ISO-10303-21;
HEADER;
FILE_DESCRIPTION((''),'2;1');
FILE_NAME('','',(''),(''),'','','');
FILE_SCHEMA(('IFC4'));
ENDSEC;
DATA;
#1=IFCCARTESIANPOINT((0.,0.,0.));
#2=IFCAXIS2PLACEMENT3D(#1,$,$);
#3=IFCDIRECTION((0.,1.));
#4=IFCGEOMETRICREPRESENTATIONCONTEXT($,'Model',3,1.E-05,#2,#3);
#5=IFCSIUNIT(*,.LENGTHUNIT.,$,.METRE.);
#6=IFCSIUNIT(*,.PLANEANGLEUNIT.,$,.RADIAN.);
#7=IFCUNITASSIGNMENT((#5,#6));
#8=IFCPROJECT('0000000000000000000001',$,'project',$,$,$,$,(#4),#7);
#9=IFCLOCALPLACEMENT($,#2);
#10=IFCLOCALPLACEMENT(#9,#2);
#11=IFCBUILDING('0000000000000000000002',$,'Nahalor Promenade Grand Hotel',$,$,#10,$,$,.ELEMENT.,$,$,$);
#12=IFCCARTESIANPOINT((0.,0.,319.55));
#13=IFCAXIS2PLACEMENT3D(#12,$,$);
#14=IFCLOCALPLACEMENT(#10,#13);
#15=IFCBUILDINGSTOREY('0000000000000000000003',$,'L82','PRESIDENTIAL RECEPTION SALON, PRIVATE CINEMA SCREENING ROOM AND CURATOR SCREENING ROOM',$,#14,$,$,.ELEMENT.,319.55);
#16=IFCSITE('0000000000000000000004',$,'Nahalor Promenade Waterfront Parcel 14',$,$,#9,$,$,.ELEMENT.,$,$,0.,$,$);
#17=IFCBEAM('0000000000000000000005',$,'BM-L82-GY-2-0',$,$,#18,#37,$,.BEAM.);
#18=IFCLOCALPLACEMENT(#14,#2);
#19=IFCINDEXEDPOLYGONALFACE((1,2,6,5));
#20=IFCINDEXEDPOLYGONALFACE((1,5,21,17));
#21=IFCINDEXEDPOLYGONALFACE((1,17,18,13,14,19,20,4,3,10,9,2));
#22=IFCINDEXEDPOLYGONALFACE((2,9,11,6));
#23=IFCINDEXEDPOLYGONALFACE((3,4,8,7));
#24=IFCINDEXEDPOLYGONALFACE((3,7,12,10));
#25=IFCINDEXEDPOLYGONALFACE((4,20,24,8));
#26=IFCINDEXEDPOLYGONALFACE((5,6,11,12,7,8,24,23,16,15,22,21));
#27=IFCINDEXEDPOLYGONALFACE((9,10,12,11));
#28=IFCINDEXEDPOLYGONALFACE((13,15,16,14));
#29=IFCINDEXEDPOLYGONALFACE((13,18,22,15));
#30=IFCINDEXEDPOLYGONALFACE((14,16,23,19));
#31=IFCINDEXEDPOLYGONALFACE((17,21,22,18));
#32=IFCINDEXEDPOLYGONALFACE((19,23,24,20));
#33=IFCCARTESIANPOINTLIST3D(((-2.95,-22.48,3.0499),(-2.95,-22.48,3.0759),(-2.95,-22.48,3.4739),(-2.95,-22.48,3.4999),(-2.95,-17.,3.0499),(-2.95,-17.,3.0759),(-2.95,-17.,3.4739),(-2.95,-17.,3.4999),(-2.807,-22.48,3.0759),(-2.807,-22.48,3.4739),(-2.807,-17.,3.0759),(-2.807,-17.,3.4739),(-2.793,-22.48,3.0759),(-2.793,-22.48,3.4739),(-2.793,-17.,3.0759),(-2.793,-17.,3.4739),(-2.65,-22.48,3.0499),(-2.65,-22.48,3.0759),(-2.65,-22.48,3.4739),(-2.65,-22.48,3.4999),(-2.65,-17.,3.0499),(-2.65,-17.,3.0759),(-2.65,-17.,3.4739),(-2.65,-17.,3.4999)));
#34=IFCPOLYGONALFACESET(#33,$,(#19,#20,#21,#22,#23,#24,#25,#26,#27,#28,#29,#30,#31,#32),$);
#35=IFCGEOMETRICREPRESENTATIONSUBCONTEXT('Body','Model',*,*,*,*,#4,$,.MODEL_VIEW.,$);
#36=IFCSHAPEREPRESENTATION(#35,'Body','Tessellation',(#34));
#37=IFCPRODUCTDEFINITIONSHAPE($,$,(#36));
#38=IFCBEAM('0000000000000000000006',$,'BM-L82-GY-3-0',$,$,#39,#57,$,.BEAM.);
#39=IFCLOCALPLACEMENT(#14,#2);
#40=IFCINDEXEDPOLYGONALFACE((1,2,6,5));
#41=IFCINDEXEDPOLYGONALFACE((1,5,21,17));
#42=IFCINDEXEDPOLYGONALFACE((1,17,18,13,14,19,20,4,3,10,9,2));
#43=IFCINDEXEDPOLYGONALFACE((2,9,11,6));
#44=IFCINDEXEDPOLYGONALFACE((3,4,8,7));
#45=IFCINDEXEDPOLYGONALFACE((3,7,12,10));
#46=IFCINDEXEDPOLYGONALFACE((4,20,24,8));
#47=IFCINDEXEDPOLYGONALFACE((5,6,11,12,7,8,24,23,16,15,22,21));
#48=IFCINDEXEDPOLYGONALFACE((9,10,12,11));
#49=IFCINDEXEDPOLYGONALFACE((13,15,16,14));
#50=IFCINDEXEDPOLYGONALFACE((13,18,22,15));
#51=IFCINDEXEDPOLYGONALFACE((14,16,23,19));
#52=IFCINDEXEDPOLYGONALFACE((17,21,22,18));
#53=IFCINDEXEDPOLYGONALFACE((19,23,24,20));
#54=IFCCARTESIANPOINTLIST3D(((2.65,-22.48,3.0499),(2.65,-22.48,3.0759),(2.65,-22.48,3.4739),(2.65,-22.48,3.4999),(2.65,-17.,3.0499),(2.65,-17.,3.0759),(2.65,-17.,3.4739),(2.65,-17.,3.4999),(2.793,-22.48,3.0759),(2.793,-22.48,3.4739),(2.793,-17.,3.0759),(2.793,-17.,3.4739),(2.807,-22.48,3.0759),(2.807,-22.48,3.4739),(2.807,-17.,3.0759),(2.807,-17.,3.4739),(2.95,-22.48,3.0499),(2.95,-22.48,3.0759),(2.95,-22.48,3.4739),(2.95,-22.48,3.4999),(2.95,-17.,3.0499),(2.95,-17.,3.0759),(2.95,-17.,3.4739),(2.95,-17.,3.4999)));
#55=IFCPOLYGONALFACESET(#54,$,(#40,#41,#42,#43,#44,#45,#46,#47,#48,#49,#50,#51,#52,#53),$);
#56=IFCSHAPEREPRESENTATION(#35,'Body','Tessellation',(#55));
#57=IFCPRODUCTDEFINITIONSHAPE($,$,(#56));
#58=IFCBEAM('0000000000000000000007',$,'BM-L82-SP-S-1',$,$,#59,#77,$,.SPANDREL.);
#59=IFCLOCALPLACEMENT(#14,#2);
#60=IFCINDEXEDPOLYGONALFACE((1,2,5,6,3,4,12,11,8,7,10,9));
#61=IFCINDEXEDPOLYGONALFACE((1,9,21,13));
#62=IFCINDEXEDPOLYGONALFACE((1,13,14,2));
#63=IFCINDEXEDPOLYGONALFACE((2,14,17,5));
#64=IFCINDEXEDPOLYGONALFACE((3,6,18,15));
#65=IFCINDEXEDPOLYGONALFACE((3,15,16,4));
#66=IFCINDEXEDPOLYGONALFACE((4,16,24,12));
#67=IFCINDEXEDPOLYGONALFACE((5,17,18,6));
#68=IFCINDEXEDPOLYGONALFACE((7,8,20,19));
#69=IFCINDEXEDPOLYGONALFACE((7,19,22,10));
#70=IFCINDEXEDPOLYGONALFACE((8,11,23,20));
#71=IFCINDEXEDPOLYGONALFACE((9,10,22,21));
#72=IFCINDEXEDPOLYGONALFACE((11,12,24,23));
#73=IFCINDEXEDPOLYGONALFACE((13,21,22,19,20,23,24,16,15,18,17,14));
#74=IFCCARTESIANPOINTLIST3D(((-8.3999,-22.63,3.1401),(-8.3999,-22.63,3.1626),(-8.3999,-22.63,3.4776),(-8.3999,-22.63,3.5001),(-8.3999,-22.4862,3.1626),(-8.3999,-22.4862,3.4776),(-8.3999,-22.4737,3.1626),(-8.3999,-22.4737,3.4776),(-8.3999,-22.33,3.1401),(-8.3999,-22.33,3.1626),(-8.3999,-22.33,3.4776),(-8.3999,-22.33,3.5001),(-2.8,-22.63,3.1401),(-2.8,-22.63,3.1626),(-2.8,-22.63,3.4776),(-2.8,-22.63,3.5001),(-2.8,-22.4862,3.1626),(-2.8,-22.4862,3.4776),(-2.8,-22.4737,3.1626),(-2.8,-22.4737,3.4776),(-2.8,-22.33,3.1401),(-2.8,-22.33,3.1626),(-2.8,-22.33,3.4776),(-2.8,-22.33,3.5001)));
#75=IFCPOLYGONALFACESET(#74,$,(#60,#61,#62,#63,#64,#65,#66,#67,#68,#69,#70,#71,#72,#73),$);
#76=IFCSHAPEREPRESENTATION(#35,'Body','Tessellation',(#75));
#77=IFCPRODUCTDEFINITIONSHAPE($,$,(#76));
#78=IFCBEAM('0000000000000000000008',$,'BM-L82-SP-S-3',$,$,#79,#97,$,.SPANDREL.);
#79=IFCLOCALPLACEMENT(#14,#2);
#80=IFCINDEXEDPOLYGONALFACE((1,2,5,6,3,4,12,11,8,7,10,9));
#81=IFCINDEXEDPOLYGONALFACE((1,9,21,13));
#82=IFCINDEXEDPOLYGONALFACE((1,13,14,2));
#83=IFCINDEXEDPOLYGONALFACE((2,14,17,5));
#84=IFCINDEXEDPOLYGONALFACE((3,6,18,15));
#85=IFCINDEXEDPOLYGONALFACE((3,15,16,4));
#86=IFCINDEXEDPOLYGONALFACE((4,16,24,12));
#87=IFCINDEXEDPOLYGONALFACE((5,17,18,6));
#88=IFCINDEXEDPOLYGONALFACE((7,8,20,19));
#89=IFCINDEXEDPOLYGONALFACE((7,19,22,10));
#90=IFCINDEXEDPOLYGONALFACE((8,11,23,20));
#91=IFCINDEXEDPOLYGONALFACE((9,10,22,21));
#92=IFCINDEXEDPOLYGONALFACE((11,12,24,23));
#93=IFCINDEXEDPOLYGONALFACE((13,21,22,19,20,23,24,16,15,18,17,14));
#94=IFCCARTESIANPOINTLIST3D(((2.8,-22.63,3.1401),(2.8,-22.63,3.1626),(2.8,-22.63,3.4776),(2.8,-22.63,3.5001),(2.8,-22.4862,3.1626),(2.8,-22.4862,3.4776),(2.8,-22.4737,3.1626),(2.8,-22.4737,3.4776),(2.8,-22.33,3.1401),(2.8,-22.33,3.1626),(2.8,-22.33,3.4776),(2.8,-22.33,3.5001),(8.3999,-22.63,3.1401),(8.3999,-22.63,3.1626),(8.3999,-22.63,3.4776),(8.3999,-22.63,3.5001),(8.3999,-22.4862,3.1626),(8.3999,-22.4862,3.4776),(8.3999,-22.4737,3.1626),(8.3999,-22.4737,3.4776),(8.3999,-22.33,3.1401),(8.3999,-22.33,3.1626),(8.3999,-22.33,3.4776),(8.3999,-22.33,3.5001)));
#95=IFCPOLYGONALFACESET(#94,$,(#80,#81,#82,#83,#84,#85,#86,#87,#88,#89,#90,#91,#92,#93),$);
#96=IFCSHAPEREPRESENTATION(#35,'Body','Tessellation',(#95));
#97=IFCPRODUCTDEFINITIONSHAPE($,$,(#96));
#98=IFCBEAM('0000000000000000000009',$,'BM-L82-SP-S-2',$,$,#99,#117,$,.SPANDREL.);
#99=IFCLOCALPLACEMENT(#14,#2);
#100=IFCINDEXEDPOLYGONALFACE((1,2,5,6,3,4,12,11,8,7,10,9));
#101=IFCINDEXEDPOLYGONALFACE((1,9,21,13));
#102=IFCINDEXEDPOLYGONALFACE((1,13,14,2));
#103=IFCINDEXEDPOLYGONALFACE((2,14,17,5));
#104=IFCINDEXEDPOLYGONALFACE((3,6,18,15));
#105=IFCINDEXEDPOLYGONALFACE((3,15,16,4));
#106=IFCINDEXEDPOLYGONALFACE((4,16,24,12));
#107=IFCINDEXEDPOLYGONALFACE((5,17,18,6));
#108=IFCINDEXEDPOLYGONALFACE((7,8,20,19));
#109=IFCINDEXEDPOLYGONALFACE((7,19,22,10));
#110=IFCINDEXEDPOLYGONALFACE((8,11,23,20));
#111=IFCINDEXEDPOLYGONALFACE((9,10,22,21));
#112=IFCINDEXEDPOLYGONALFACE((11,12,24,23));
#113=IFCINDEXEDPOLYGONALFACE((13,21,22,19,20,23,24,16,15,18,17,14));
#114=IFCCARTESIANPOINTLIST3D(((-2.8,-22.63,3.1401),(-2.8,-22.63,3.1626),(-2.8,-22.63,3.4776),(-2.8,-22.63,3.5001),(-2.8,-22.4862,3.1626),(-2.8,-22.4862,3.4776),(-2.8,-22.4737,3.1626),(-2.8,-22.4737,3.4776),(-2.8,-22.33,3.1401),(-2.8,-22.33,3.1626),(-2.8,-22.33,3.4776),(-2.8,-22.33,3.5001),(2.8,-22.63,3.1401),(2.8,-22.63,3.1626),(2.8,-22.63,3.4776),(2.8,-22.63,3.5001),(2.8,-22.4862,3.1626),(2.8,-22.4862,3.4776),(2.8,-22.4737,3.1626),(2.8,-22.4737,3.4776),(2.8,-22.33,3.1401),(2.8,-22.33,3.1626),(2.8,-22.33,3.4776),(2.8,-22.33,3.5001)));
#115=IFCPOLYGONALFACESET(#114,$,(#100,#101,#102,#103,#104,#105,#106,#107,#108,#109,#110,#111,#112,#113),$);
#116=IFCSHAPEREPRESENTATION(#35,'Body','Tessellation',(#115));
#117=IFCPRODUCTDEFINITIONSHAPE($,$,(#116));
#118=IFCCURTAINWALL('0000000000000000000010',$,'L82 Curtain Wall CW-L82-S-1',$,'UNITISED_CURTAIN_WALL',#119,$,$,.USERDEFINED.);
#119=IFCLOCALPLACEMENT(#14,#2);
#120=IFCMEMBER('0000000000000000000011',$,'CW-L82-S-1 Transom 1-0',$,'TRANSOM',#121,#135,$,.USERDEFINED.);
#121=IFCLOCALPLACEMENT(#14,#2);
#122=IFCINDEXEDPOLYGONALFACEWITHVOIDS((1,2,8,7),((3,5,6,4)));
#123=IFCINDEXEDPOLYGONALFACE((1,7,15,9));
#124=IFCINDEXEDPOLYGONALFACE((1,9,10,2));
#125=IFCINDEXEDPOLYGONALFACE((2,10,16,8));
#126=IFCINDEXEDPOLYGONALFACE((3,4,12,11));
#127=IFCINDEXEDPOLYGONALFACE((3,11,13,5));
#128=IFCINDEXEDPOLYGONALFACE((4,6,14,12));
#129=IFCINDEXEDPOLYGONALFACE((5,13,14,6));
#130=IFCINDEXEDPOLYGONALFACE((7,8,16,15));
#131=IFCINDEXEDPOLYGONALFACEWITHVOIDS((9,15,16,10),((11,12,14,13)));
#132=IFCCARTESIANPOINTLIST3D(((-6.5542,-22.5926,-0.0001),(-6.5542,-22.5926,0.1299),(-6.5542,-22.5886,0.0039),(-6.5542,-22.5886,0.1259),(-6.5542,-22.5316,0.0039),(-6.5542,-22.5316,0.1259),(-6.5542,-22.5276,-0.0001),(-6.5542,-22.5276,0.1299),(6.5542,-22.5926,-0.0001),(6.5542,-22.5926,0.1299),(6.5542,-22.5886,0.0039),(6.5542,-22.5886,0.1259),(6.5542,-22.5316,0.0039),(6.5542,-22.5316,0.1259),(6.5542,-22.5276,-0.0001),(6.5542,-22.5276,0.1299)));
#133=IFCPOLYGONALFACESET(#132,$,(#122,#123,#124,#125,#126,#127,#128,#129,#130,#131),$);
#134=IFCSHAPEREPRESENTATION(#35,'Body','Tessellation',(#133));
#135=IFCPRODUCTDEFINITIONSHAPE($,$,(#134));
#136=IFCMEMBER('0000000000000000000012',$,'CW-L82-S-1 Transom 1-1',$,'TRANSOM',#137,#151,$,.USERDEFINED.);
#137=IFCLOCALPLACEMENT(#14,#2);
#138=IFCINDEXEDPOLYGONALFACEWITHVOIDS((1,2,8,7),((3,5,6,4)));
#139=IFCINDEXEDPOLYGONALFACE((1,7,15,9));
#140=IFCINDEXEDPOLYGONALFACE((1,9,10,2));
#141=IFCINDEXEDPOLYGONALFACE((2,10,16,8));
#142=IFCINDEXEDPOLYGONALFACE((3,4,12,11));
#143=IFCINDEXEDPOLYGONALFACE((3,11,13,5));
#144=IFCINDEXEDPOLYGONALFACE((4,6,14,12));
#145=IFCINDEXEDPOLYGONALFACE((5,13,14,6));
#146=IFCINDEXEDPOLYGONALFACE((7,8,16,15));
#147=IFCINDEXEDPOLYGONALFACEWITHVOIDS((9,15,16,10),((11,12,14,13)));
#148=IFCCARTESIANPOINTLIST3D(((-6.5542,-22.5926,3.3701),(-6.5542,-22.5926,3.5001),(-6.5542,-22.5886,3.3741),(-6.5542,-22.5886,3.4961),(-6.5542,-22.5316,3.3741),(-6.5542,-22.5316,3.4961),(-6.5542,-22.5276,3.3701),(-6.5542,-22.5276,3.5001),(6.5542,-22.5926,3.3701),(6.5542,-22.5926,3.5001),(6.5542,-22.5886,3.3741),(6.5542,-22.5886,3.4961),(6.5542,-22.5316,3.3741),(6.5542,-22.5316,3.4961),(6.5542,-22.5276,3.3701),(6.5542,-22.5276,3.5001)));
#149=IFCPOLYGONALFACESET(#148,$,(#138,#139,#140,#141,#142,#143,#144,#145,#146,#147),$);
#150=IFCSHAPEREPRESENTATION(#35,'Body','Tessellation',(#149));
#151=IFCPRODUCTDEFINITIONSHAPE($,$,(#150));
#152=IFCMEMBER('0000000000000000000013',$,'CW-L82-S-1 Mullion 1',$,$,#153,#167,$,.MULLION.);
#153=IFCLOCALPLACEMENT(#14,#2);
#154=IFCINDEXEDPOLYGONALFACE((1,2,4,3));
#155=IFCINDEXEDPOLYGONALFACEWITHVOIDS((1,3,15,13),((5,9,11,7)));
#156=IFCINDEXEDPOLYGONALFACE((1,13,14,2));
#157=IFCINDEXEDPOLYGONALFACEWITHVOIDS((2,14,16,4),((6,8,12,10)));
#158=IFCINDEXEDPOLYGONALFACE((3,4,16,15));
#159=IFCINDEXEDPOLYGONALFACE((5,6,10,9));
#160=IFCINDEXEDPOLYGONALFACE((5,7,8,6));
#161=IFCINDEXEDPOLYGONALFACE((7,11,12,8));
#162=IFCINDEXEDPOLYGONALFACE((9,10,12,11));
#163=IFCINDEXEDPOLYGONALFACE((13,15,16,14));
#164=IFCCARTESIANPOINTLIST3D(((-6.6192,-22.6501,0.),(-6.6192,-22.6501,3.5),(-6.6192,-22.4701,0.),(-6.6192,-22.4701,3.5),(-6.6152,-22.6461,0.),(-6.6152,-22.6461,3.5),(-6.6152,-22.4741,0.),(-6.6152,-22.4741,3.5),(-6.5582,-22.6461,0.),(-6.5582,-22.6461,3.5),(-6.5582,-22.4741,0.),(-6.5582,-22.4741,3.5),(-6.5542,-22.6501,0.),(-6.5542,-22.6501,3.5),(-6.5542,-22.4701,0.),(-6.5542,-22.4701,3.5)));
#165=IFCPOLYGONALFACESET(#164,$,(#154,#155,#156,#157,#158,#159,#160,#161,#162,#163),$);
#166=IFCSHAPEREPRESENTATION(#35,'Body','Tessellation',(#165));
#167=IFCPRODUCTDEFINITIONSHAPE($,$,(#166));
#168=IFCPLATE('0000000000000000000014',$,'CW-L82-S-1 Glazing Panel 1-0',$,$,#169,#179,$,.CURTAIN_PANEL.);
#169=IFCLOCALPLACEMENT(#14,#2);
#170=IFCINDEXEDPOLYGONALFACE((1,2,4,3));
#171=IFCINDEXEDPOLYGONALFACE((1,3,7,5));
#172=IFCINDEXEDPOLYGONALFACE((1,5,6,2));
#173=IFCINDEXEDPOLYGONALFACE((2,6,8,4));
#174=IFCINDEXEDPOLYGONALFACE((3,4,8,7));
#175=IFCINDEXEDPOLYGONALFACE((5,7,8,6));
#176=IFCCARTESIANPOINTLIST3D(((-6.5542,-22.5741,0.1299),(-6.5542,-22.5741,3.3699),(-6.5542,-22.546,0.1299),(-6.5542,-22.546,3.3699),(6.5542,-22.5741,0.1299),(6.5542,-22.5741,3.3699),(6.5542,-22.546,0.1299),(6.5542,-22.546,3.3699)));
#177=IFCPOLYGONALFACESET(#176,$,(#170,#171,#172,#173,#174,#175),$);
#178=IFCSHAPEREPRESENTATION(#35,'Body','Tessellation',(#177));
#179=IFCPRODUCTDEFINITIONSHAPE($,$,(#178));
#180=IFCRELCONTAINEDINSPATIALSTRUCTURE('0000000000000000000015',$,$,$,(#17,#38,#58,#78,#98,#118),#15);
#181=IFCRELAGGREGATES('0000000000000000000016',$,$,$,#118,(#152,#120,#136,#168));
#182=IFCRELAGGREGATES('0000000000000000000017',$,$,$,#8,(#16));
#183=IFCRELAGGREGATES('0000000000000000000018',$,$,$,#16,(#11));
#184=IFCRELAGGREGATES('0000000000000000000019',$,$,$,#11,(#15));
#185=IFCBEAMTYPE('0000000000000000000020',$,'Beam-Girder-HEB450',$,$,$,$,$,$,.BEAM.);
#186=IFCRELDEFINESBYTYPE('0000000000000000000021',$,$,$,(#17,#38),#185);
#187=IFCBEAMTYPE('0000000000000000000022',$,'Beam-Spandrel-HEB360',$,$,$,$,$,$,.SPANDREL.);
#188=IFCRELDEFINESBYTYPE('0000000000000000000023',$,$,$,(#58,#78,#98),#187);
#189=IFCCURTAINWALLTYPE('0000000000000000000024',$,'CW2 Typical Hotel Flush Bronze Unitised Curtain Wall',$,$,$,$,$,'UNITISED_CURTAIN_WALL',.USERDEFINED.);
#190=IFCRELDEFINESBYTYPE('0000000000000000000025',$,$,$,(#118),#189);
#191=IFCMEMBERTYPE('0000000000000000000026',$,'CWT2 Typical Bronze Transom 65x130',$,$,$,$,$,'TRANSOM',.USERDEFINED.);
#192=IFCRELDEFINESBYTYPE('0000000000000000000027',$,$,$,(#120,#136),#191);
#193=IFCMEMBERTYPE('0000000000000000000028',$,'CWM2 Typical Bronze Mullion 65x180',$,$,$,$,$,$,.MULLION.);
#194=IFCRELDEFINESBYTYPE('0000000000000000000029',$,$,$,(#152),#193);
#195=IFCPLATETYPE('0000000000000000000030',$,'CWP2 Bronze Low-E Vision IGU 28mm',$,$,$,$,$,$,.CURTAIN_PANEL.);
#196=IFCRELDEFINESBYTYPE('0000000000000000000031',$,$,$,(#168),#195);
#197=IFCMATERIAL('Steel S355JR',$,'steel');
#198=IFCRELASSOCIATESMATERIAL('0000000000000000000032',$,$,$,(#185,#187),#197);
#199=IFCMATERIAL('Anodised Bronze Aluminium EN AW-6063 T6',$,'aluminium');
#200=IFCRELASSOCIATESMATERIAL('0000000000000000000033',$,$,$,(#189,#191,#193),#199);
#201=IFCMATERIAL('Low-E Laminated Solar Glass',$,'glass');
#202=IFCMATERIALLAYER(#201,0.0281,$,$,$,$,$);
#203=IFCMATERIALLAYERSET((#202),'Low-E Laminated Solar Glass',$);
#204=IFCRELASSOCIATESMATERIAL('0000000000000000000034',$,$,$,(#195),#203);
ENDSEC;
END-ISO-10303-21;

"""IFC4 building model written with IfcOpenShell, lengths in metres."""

from ifc_helpers import new_model, si_unit, direction, frame, origin, origin_2d, place, context, subcontext, project, spatial, rectangle, hollow_rectangle, i_section, extrude, source, transform, mapped, material, layer, layer_set, material_profile, profile_set, type_object, element, aggregate, save


model = new_model("IFC4")

# Units and contexts
model_context = context("Model", 3, precision=1e-05, world=origin(), true_north=direction((0.0, 1.0)))
body_context = subcontext(model_context, "Body", "Model", "MODEL_VIEW")
ifc_project = project(units=[si_unit("LENGTHUNIT", "METRE"), si_unit("PLANEANGLEUNIT", "RADIAN")], contexts=[model_context])

# Site, building, storey
site_placement = place(None, origin())
site = spatial("IfcSite", under=ifc_project, at=site_placement, Name="Nahalor Promenade Waterfront Parcel 14", CompositionType="ELEMENT", RefElevation=0.0)
building_placement = place(site_placement, origin())
building = spatial("IfcBuilding", under=site, at=building_placement, Name="Nahalor Promenade Grand Hotel", CompositionType="ELEMENT")
storey_placement = place(building_placement, frame((0.0, 0.0, 319.55)))
storey = spatial("IfcBuildingStorey", under=building, at=storey_placement, Name="L82", Description="PRESIDENTIAL RECEPTION SALON, PRIVATE CINEMA SCREENING ROOM AND CURATOR SCREENING ROOM", CompositionType="ELEMENT", Elevation=319.55)

# Shared definitions
ifc_material_1 = material(Name="Steel S355JR", Category="steel")

# Beams
ifc_material_profile_1 = material_profile(ifc_material_1, i_section(OverallWidth=0.3, OverallDepth=0.45, WebThickness=0.014, FlangeThickness=0.026, at=origin_2d()), Name="HEB 450")
ifc_profile_set_1 = profile_set([ifc_material_profile_1], Name="Steel S355JR")
beam_type_1 = type_object("IfcBeamType", Name="Beam-Girder-HEB450", PredefinedType="BEAM", material=ifc_profile_set_1)
shared_shape_1 = source(origin(), body_context, "Body", "SweptSolid", [
    extrude(i_section(OverallWidth=0.3, OverallDepth=0.45, WebThickness=0.014, FlangeThickness=0.026, at=origin_2d()), origin(), (0.0, 0.0, 1.0), 5.48),
])
for number, where, z_axis, x_axis, name in (
    (1, (-2.8, -22.48, 3.2749), (0.0, 1.0, 0.0), (-1.0, 0.0, 0.0), "BM-L82-GY-2-0"),
    (2, (2.8, -22.48, 3.2749), (0.0, 1.0, 0.0), (-1.0, 0.0, 0.0), "BM-L82-GY-3-0"),
):
    element("IfcBeam", number, at=place(storey_placement, frame(where, z_axis=z_axis, x_axis=x_axis)), inside=storey, type_object=beam_type_1, Name=name, PredefinedType="BEAM", context=body_context, shape_type="MappedRepresentation", body=[
        mapped(shared_shape_1, transform((0.0, 0.0, 0.0), scale=1.0)),
    ])
ifc_material_profile_2 = material_profile(ifc_material_1, i_section(OverallWidth=0.3, OverallDepth=0.36, WebThickness=0.0125, FlangeThickness=0.0225, at=origin_2d()), Name="HEB 360")
ifc_profile_set_2 = profile_set([ifc_material_profile_2], Name="Steel S355JR")
beam_type_2 = type_object("IfcBeamType", Name="Beam-Spandrel-HEB360", PredefinedType="SPANDREL", material=ifc_profile_set_2)
shared_shape_2 = source(origin(), body_context, "Body", "SweptSolid", [
    extrude(i_section(OverallWidth=0.3, OverallDepth=0.36, WebThickness=0.0125, FlangeThickness=0.0225, at=origin_2d()), origin(), (0.0, 0.0, 1.0), 5.5999),
])
for number, where, z_axis, x_axis, name in (
    (3, (-8.3999, -22.48, 3.3201), (1.0, 0.0, 0.0), (0.0, 1.0, 0.0), "BM-L82-SP-S-1"),
    (4, (2.8, -22.48, 3.3201), (1.0, 0.0, 0.0), (0.0, 1.0, 0.0), "BM-L82-SP-S-3"),
):
    element("IfcBeam", number, at=place(storey_placement, frame(where, z_axis=z_axis, x_axis=x_axis)), inside=storey, type_object=beam_type_2, Name=name, PredefinedType="SPANDREL", context=body_context, shape_type="MappedRepresentation", body=[
        mapped(shared_shape_2, transform((0.0, 0.0, 0.0), scale=1.0)),
    ])
shared_shape_3 = source(origin(), body_context, "Body", "SweptSolid", [
    extrude(i_section(OverallWidth=0.3, OverallDepth=0.36, WebThickness=0.0125, FlangeThickness=0.0225, at=origin_2d()), origin(), (0.0, 0.0, 1.0), 5.6001),
])
beam_1_placement = place(storey_placement, frame((-2.8, -22.48, 3.3201), z_axis=(1.0, 0.0, 0.0), x_axis=(0.0, 1.0, 0.0)))
element("IfcBeam", 5, at=beam_1_placement, inside=storey, type_object=beam_type_2, Name="BM-L82-SP-S-2", PredefinedType="SPANDREL", context=body_context, shape_type="MappedRepresentation", body=[
    mapped(shared_shape_3, transform((0.0, 0.0, 0.0), scale=1.0)),
])

# Curtain wall, members, plate
ifc_material_2 = material(Name="Anodised Bronze Aluminium EN AW-6063 T6", Category="aluminium")
curtain_wall_type = type_object("IfcCurtainWallType", Name="CW2 Typical Hotel Flush Bronze Unitised Curtain Wall", ElementType="UNITISED_CURTAIN_WALL", PredefinedType="USERDEFINED", material=ifc_material_2)
curtain_wall_placement = place(storey_placement, origin())
curtain_wall = element("IfcCurtainWall", 6, at=curtain_wall_placement, inside=storey, type_object=curtain_wall_type, Name="L82 Curtain Wall CW-L82-S-1", ObjectType="UNITISED_CURTAIN_WALL", PredefinedType="USERDEFINED")
ifc_material_profile_3 = material_profile(ifc_material_2, hollow_rectangle(XDim=0.065, YDim=0.13, WallThickness=0.004, at=origin_2d()), Name="CWT 65x130x4")
ifc_profile_set_3 = profile_set([ifc_material_profile_3], Name="Anodised Bronze Aluminium EN AW-6063 T6")
member_type_1 = type_object("IfcMemberType", Name="CWT2 Typical Bronze Transom 65x130", ElementType="TRANSOM", PredefinedType="USERDEFINED", material=ifc_profile_set_3)
shared_shape_4 = source(origin(), body_context, "Body", "SweptSolid", [
    extrude(hollow_rectangle(XDim=0.065, YDim=0.13, WallThickness=0.004, at=origin_2d()), origin(), (0.0, 0.0, 1.0), 13.1084),
])
member_1_placement = place(storey_placement, frame((-6.5542, -22.5601, 0.0649), z_axis=(1.0, 0.0, 0.0), x_axis=(0.0, 1.0, 0.0)))
member_1 = element("IfcMember", 7, at=member_1_placement, type_object=member_type_1, Name="CW-L82-S-1 Transom 1-0", ObjectType="TRANSOM", PredefinedType="USERDEFINED", context=body_context, shape_type="MappedRepresentation", body=[
    mapped(shared_shape_4, transform((0.0, 0.0, 0.0), scale=1.0)),
])
member_2_placement = place(storey_placement, frame((-6.5542, -22.5601, 3.4351), z_axis=(1.0, 0.0, 0.0), x_axis=(0.0, 1.0, 0.0)))
member_2 = element("IfcMember", 8, at=member_2_placement, type_object=member_type_1, Name="CW-L82-S-1 Transom 1-1", ObjectType="TRANSOM", PredefinedType="USERDEFINED", context=body_context, shape_type="MappedRepresentation", body=[
    mapped(shared_shape_4, transform((0.0, 0.0, 0.0), scale=1.0)),
])
ifc_material_profile_4 = material_profile(ifc_material_2, hollow_rectangle(XDim=0.065, YDim=0.18, WallThickness=0.004, at=origin_2d()), Name="CWM 65x180x4")
ifc_profile_set_4 = profile_set([ifc_material_profile_4], Name="Anodised Bronze Aluminium EN AW-6063 T6")
member_type_2 = type_object("IfcMemberType", Name="CWM2 Typical Bronze Mullion 65x180", PredefinedType="MULLION", material=ifc_profile_set_4)
shared_shape_5 = source(origin(), body_context, "Body", "SweptSolid", [
    extrude(hollow_rectangle(XDim=0.065, YDim=0.18, WallThickness=0.004, at=origin_2d()), origin(), (0.0, 0.0, 1.0), 3.5),
])
member_3_placement = place(storey_placement, frame((-6.5867, -22.5601, 0.0), z_axis=(0.0, 0.0, 1.0), x_axis=(1.0, 0.0, 0.0)))
member_3 = element("IfcMember", 9, at=member_3_placement, type_object=member_type_2, Name="CW-L82-S-1 Mullion 1", PredefinedType="MULLION", context=body_context, shape_type="MappedRepresentation", body=[
    mapped(shared_shape_5, transform((0.0, 0.0, 0.0), scale=1.0)),
])
ifc_material_3 = material(Name="Low-E Laminated Solar Glass", Category="glass")
ifc_layer_1 = layer(ifc_material_3, 0.0281)
ifc_layer_set_1 = layer_set([ifc_layer_1], Name="Low-E Laminated Solar Glass")
plate_type = type_object("IfcPlateType", Name="CWP2 Bronze Low-E Vision IGU 28mm", PredefinedType="CURTAIN_PANEL", material=ifc_layer_set_1)
shared_shape_6 = source(origin(), body_context, "Body", "SweptSolid", [
    extrude(rectangle(XDim=13.1084, YDim=0.0281, at=origin_2d()), origin(), (0.0, 0.0, 1.0), 3.24),
])
plate_placement = place(storey_placement, frame((0.0, -22.5601, 0.1299), z_axis=(0.0, 0.0, 1.0), x_axis=(1.0, 0.0, 0.0)))
plate = element("IfcPlate", 10, at=plate_placement, type_object=plate_type, Name="CW-L82-S-1 Glazing Panel 1-0", PredefinedType="CURTAIN_PANEL", context=body_context, shape_type="MappedRepresentation", body=[
    mapped(shared_shape_6, transform((0.0, 0.0, 0.0), scale=1.0)),
])
aggregate(curtain_wall, [member_3, member_1, member_2, plate])

save(model, "model.ifc")
